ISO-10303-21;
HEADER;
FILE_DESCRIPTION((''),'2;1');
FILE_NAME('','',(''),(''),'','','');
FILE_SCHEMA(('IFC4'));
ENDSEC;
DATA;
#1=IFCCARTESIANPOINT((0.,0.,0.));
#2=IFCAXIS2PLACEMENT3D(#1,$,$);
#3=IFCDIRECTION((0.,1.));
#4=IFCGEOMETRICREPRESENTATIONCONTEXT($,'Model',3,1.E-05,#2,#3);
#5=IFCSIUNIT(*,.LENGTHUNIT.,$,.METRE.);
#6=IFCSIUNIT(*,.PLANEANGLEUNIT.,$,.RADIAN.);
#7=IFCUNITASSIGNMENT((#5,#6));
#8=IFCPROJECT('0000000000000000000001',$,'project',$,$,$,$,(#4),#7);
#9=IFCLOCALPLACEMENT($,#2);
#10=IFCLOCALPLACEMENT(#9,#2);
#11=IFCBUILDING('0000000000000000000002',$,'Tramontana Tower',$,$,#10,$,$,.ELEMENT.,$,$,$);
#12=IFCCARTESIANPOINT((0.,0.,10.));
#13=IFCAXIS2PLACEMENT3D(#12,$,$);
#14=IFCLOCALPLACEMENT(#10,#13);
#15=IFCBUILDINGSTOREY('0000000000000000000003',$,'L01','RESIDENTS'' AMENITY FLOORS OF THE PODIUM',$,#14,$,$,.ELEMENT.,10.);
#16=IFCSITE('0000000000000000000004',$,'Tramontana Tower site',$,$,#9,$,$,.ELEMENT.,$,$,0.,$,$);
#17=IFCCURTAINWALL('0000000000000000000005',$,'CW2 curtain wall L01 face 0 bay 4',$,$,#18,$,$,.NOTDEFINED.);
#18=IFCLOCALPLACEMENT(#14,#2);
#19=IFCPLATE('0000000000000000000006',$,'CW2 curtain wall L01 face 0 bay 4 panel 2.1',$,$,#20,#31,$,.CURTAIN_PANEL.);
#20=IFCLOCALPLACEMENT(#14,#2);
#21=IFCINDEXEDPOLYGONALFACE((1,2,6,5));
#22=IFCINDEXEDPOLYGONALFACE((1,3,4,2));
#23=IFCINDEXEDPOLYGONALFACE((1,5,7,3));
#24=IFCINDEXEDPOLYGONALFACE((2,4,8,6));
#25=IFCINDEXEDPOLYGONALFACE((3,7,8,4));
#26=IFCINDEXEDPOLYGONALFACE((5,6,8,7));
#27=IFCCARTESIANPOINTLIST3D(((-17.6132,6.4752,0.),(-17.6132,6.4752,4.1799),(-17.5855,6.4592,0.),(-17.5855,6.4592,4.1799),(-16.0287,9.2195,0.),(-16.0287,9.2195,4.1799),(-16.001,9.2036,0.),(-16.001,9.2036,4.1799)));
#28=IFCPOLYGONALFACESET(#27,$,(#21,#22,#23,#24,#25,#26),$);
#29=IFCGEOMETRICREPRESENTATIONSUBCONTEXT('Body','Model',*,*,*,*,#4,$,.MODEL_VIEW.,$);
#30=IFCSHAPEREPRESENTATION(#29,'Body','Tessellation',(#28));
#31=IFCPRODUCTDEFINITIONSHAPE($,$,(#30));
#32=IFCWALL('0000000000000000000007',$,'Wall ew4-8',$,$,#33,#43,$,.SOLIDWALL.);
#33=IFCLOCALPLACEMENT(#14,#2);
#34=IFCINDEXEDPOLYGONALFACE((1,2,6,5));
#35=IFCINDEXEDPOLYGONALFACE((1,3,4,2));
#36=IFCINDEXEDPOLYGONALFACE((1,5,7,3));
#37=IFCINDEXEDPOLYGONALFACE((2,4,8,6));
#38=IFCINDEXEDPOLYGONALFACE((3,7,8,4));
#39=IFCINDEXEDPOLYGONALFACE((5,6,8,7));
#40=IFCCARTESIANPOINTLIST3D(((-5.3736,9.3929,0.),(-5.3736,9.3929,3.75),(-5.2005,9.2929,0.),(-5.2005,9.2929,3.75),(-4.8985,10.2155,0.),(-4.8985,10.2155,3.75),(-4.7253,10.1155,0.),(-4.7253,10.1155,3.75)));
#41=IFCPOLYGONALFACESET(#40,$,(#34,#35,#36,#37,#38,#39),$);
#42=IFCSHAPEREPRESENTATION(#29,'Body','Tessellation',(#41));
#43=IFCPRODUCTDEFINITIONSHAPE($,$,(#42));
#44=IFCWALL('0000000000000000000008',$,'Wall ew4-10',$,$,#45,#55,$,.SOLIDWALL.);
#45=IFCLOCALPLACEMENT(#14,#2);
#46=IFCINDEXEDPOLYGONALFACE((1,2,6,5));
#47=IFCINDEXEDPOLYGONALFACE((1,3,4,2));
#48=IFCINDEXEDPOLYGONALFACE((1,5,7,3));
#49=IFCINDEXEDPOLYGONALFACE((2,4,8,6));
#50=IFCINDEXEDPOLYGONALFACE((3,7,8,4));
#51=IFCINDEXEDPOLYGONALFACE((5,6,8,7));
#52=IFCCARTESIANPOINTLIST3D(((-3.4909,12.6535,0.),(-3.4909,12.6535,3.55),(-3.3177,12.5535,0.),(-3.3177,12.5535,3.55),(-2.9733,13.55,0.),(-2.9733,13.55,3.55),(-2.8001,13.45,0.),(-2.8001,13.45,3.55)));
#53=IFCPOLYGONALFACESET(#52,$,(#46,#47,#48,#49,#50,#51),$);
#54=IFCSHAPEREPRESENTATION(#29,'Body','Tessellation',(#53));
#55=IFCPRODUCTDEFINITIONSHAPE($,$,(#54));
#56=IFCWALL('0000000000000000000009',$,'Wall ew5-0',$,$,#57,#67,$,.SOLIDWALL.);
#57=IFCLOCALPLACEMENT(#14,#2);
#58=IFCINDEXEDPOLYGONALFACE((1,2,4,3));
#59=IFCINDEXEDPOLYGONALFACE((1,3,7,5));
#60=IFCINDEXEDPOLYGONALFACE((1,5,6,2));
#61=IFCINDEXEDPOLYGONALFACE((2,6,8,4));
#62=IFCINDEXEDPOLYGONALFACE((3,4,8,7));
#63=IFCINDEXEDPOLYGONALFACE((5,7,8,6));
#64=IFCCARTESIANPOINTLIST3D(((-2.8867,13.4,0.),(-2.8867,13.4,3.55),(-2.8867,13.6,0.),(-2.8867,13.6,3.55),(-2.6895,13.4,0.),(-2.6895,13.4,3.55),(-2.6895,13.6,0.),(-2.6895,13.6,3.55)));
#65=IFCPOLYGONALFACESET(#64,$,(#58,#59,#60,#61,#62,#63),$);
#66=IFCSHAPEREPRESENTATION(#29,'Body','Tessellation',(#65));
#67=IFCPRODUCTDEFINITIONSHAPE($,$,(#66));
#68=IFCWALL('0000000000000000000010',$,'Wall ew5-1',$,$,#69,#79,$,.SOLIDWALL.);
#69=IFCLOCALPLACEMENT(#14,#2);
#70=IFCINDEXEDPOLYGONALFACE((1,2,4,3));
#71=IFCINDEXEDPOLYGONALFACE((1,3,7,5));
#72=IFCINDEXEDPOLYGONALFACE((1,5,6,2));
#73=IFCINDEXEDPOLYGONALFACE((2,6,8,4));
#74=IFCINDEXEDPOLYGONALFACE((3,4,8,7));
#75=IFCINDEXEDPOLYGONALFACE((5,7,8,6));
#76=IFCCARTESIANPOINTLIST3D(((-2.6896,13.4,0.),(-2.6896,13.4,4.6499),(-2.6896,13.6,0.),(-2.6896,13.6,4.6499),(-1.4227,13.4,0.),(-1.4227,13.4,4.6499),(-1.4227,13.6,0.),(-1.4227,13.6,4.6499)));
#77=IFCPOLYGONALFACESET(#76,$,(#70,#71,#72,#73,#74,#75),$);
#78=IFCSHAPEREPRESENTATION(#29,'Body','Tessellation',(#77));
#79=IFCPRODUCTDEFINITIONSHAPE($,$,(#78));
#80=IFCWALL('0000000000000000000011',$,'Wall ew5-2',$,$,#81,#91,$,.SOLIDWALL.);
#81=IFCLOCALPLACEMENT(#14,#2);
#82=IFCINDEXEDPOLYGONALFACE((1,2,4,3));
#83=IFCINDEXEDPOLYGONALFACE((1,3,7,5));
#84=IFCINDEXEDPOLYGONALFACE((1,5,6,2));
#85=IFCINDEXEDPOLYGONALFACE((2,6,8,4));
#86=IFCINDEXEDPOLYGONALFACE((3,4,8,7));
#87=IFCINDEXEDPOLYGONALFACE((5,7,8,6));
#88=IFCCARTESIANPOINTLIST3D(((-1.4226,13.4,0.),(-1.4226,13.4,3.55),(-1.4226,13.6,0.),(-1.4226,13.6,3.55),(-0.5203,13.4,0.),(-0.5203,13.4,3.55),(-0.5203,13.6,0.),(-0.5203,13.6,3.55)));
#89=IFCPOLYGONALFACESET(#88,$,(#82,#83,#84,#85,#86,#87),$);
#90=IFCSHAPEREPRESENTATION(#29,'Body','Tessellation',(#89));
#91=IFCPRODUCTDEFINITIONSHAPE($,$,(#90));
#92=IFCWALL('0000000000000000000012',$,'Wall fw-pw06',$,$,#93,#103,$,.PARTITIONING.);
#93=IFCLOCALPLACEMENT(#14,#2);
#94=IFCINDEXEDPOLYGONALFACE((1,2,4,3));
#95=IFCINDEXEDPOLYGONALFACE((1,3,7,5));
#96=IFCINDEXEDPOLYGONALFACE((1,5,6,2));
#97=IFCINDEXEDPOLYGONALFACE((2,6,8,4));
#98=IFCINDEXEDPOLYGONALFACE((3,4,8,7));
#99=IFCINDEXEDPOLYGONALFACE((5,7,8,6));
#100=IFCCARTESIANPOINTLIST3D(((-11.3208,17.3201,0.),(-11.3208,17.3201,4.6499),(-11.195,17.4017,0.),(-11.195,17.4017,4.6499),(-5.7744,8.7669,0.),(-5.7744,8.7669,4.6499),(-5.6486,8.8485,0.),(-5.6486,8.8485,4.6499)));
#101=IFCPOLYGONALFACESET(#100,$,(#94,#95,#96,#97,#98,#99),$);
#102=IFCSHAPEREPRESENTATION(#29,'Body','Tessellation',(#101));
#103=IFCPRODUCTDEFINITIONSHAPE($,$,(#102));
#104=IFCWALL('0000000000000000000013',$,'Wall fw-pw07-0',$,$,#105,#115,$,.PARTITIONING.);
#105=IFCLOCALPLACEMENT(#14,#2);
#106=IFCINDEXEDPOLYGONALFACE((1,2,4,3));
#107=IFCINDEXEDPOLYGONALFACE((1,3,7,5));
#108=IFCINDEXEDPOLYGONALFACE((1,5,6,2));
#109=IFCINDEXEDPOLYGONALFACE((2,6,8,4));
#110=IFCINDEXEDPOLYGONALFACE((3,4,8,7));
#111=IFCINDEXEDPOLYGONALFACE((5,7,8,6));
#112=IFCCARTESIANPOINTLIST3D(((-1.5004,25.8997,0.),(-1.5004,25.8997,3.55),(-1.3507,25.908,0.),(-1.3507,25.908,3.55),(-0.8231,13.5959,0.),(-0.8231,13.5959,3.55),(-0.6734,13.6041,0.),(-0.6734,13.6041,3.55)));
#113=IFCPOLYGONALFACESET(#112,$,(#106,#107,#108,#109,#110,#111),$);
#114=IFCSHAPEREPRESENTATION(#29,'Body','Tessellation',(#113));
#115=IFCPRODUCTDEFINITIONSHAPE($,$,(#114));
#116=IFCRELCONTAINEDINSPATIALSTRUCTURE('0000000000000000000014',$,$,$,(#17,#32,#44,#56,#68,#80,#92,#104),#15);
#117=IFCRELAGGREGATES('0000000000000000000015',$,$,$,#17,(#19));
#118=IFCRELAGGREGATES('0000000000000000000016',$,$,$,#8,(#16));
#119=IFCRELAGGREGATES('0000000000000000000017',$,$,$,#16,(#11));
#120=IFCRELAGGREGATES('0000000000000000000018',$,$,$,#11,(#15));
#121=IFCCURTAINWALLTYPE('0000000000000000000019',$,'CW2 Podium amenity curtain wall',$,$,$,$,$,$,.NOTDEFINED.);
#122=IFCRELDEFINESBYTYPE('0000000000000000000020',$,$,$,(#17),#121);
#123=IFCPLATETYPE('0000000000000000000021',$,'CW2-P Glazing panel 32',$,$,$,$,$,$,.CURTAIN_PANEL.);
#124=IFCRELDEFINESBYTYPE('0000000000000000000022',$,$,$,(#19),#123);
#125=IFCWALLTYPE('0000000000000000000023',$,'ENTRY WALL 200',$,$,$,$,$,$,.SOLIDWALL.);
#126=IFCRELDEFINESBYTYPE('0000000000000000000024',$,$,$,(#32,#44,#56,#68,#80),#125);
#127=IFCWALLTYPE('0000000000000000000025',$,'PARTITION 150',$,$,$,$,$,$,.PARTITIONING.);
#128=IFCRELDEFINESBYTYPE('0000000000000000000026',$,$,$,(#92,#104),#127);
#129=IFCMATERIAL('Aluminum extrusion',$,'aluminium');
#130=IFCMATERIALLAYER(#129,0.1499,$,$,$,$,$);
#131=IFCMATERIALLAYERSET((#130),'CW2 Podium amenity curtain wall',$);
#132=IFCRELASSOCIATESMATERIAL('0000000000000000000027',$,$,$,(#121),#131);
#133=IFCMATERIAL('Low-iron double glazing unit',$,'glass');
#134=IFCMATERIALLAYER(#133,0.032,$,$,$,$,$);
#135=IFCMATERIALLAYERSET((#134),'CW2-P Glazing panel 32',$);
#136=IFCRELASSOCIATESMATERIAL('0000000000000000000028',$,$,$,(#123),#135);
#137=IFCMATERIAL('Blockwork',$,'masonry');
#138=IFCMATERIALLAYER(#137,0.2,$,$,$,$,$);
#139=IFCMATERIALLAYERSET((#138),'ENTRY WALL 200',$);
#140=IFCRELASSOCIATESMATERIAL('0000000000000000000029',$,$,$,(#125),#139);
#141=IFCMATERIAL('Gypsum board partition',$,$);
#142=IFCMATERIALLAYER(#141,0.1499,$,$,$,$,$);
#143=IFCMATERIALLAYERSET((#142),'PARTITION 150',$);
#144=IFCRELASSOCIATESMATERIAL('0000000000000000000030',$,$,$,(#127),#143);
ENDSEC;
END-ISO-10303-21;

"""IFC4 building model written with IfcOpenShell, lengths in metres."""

from ifc_helpers import new_model, si_unit, direction, frame, frame_2d, origin, origin_2d, place, context, subcontext, project, spatial, rectangle, extrude, material, layer, layer_set, type_object, element, aggregate, save


model = new_model("IFC4")

# Units and contexts
model_context = context("Model", 3, precision=1e-05, world=origin(), true_north=direction((0.0, 1.0)))
body_context = subcontext(model_context, "Body", "Model", "MODEL_VIEW")
ifc_project = project(units=[si_unit("LENGTHUNIT", "METRE"), si_unit("PLANEANGLEUNIT", "RADIAN")], contexts=[model_context])

# Site, building, storey
site_placement = place(None, origin())
site = spatial("IfcSite", under=ifc_project, at=site_placement, Name="Tramontana Tower site", CompositionType="ELEMENT", RefElevation=0.0)
building_placement = place(site_placement, origin())
building = spatial("IfcBuilding", under=site, at=building_placement, Name="Tramontana Tower", CompositionType="ELEMENT")
storey_placement = place(building_placement, frame((0.0, 0.0, 10.0)))
storey = spatial("IfcBuildingStorey", under=building, at=storey_placement, Name="L01", Description="RESIDENTS' AMENITY FLOORS OF THE PODIUM", CompositionType="ELEMENT", Elevation=10.0)

# Curtain wall
ifc_material_1 = material(Name="Aluminum extrusion", Category="aluminium")
ifc_layer_1 = layer(ifc_material_1, 0.1499)
ifc_layer_set_1 = layer_set([ifc_layer_1], Name="CW2 Podium amenity curtain wall")
curtain_wall_type = type_object("IfcCurtainWallType", Name="CW2 Podium amenity curtain wall", PredefinedType="NOTDEFINED", material=ifc_layer_set_1)
curtain_wall_1_placement = place(storey_placement, origin())
curtain_wall_1 = element("IfcCurtainWall", 1, at=curtain_wall_1_placement, inside=storey, type_object=curtain_wall_type, Name="CW2 curtain wall L01 face 0 bay 4", PredefinedType="NOTDEFINED")

# Plate
ifc_material_2 = material(Name="Low-iron double glazing unit", Category="glass")
ifc_layer_2 = layer(ifc_material_2, 0.032)
ifc_layer_set_2 = layer_set([ifc_layer_2], Name="CW2-P Glazing panel 32")
plate_type = type_object("IfcPlateType", Name="CW2-P Glazing panel 32", PredefinedType="CURTAIN_PANEL", material=ifc_layer_set_2)
plate_1_placement = place(storey_placement, frame((-16.8071, 7.8394, 0.0), z_axis=(0.0, 0.0, 1.0), x_axis=(-0.5, -0.866025, 0.0)))
plate_1 = element("IfcPlate", 2, at=plate_1_placement, type_object=plate_type, Name="CW2 curtain wall L01 face 0 bay 4 panel 2.1", PredefinedType="CURTAIN_PANEL", context=body_context, shape_type="SweptSolid", body=[
    extrude(rectangle(XDim=3.1689, YDim=0.032, at=origin_2d()), origin(), (0.0, 0.0, 1.0), 4.1799),
])
aggregate(curtain_wall_1, [plate_1])

# Wall
ifc_material_3 = material(Name="Blockwork", Category="masonry")
ifc_layer_3 = layer(ifc_material_3, 0.2)
ifc_layer_set_3 = layer_set([ifc_layer_3], Name="ENTRY WALL 200")
wall_type_1 = type_object("IfcWallType", Name="ENTRY WALL 200", PredefinedType="SOLIDWALL", material=ifc_layer_set_3)
wall_1_placement = place(storey_placement, frame((-5.2871, 9.3428, 0.0), z_axis=(0.0, 0.0, 1.0), x_axis=(0.500175, 0.865924, 0.0)))
element("IfcWall", 3, at=wall_1_placement, inside=storey, type_object=wall_type_1, Name="Wall ew4-8", PredefinedType="SOLIDWALL", context=body_context, shape_type="SweptSolid", body=[
    extrude(rectangle(XDim=0.95, YDim=0.2, at=frame_2d((0.4751, 0.0))), origin(), (0.0, 0.0, 1.0), 3.75),
])

# Walls
wall_2_placement = place(storey_placement, frame((-3.4043, 12.6035, 0.0), z_axis=(0.0, 0.0, 1.0), x_axis=(0.499995, 0.866028, 0.0)))
element("IfcWall", 4, at=wall_2_placement, inside=storey, type_object=wall_type_1, Name="Wall ew4-10", PredefinedType="SOLIDWALL", context=body_context, shape_type="SweptSolid", body=[
    extrude(rectangle(XDim=1.0352, YDim=0.2, at=frame_2d((0.5176, 0.0))), origin(), (0.0, 0.0, 1.0), 3.55),
])
wall_3_placement = place(storey_placement, frame((-2.8867, 13.5, 0.0), z_axis=(0.0, 0.0, 1.0), x_axis=(1.0, 0.0, 0.0)))
element("IfcWall", 5, at=wall_3_placement, inside=storey, type_object=wall_type_1, Name="Wall ew5-0", PredefinedType="SOLIDWALL", context=body_context, shape_type="SweptSolid", body=[
    extrude(rectangle(XDim=0.1973, YDim=0.2, at=frame_2d((0.0986, 0.0))), origin(), (0.0, 0.0, 1.0), 3.55),
])
wall_4_placement = place(storey_placement, frame((-2.6895, 13.5, 0.0), z_axis=(0.0, 0.0, 1.0), x_axis=(1.0, 0.0, 0.0)))
element("IfcWall", 6, at=wall_4_placement, inside=storey, type_object=wall_type_1, Name="Wall ew5-1", PredefinedType="SOLIDWALL", context=body_context, shape_type="SweptSolid", body=[
    extrude(rectangle(XDim=1.2668, YDim=0.2, at=frame_2d((0.6333, 0.0))), origin(), (0.0, 0.0, 1.0), 4.6499),
])
wall_5_placement = place(storey_placement, frame((-1.4226, 13.5, 0.0), z_axis=(0.0, 0.0, 1.0), x_axis=(1.0, 0.0, 0.0)))
element("IfcWall", 7, at=wall_5_placement, inside=storey, type_object=wall_type_1, Name="Wall ew5-2", PredefinedType="SOLIDWALL", context=body_context, shape_type="SweptSolid", body=[
    extrude(rectangle(XDim=0.9023, YDim=0.2, at=frame_2d((0.4512, 0.0))), origin(), (0.0, 0.0, 1.0), 3.55),
])
ifc_material_4 = material(Name="Gypsum board partition")
ifc_layer_4 = layer(ifc_material_4, 0.1499)
ifc_layer_set_4 = layer_set([ifc_layer_4], Name="PARTITION 150")
wall_type_2 = type_object("IfcWallType", Name="PARTITION 150", PredefinedType="PARTITIONING", material=ifc_layer_set_4)
wall_6_placement = place(storey_placement, frame((-5.7114, 8.8076, 0.0), z_axis=(0.0, 0.0, 1.0), x_axis=(-0.544077, 0.839035, 0.0)))
element("IfcWall", 8, at=wall_6_placement, inside=storey, type_object=wall_type_2, Name="Wall fw-pw06", PredefinedType="PARTITIONING", context=body_context, shape_type="SweptSolid", body=[
    extrude(rectangle(XDim=10.1941, YDim=0.1499, at=frame_2d((5.0972, 0.0))), origin(), (0.0, 0.0, 1.0), 4.6499),
])
wall_7_placement = place(storey_placement, frame((-0.7483, 13.6001, 0.0), z_axis=(0.0, 0.0, 1.0), x_axis=(-0.05496, 0.998489, 0.0)))
element("IfcWall", 9, at=wall_7_placement, inside=storey, type_object=wall_type_2, Name="Wall fw-pw07-0", PredefinedType="PARTITIONING", context=body_context, shape_type="SweptSolid", body=[
    extrude(rectangle(XDim=12.3225, YDim=0.1499, at=frame_2d((6.1611, 0.0))), origin(), (0.0, 0.0, 1.0), 3.55),
])

save(model, "model.ifc")
